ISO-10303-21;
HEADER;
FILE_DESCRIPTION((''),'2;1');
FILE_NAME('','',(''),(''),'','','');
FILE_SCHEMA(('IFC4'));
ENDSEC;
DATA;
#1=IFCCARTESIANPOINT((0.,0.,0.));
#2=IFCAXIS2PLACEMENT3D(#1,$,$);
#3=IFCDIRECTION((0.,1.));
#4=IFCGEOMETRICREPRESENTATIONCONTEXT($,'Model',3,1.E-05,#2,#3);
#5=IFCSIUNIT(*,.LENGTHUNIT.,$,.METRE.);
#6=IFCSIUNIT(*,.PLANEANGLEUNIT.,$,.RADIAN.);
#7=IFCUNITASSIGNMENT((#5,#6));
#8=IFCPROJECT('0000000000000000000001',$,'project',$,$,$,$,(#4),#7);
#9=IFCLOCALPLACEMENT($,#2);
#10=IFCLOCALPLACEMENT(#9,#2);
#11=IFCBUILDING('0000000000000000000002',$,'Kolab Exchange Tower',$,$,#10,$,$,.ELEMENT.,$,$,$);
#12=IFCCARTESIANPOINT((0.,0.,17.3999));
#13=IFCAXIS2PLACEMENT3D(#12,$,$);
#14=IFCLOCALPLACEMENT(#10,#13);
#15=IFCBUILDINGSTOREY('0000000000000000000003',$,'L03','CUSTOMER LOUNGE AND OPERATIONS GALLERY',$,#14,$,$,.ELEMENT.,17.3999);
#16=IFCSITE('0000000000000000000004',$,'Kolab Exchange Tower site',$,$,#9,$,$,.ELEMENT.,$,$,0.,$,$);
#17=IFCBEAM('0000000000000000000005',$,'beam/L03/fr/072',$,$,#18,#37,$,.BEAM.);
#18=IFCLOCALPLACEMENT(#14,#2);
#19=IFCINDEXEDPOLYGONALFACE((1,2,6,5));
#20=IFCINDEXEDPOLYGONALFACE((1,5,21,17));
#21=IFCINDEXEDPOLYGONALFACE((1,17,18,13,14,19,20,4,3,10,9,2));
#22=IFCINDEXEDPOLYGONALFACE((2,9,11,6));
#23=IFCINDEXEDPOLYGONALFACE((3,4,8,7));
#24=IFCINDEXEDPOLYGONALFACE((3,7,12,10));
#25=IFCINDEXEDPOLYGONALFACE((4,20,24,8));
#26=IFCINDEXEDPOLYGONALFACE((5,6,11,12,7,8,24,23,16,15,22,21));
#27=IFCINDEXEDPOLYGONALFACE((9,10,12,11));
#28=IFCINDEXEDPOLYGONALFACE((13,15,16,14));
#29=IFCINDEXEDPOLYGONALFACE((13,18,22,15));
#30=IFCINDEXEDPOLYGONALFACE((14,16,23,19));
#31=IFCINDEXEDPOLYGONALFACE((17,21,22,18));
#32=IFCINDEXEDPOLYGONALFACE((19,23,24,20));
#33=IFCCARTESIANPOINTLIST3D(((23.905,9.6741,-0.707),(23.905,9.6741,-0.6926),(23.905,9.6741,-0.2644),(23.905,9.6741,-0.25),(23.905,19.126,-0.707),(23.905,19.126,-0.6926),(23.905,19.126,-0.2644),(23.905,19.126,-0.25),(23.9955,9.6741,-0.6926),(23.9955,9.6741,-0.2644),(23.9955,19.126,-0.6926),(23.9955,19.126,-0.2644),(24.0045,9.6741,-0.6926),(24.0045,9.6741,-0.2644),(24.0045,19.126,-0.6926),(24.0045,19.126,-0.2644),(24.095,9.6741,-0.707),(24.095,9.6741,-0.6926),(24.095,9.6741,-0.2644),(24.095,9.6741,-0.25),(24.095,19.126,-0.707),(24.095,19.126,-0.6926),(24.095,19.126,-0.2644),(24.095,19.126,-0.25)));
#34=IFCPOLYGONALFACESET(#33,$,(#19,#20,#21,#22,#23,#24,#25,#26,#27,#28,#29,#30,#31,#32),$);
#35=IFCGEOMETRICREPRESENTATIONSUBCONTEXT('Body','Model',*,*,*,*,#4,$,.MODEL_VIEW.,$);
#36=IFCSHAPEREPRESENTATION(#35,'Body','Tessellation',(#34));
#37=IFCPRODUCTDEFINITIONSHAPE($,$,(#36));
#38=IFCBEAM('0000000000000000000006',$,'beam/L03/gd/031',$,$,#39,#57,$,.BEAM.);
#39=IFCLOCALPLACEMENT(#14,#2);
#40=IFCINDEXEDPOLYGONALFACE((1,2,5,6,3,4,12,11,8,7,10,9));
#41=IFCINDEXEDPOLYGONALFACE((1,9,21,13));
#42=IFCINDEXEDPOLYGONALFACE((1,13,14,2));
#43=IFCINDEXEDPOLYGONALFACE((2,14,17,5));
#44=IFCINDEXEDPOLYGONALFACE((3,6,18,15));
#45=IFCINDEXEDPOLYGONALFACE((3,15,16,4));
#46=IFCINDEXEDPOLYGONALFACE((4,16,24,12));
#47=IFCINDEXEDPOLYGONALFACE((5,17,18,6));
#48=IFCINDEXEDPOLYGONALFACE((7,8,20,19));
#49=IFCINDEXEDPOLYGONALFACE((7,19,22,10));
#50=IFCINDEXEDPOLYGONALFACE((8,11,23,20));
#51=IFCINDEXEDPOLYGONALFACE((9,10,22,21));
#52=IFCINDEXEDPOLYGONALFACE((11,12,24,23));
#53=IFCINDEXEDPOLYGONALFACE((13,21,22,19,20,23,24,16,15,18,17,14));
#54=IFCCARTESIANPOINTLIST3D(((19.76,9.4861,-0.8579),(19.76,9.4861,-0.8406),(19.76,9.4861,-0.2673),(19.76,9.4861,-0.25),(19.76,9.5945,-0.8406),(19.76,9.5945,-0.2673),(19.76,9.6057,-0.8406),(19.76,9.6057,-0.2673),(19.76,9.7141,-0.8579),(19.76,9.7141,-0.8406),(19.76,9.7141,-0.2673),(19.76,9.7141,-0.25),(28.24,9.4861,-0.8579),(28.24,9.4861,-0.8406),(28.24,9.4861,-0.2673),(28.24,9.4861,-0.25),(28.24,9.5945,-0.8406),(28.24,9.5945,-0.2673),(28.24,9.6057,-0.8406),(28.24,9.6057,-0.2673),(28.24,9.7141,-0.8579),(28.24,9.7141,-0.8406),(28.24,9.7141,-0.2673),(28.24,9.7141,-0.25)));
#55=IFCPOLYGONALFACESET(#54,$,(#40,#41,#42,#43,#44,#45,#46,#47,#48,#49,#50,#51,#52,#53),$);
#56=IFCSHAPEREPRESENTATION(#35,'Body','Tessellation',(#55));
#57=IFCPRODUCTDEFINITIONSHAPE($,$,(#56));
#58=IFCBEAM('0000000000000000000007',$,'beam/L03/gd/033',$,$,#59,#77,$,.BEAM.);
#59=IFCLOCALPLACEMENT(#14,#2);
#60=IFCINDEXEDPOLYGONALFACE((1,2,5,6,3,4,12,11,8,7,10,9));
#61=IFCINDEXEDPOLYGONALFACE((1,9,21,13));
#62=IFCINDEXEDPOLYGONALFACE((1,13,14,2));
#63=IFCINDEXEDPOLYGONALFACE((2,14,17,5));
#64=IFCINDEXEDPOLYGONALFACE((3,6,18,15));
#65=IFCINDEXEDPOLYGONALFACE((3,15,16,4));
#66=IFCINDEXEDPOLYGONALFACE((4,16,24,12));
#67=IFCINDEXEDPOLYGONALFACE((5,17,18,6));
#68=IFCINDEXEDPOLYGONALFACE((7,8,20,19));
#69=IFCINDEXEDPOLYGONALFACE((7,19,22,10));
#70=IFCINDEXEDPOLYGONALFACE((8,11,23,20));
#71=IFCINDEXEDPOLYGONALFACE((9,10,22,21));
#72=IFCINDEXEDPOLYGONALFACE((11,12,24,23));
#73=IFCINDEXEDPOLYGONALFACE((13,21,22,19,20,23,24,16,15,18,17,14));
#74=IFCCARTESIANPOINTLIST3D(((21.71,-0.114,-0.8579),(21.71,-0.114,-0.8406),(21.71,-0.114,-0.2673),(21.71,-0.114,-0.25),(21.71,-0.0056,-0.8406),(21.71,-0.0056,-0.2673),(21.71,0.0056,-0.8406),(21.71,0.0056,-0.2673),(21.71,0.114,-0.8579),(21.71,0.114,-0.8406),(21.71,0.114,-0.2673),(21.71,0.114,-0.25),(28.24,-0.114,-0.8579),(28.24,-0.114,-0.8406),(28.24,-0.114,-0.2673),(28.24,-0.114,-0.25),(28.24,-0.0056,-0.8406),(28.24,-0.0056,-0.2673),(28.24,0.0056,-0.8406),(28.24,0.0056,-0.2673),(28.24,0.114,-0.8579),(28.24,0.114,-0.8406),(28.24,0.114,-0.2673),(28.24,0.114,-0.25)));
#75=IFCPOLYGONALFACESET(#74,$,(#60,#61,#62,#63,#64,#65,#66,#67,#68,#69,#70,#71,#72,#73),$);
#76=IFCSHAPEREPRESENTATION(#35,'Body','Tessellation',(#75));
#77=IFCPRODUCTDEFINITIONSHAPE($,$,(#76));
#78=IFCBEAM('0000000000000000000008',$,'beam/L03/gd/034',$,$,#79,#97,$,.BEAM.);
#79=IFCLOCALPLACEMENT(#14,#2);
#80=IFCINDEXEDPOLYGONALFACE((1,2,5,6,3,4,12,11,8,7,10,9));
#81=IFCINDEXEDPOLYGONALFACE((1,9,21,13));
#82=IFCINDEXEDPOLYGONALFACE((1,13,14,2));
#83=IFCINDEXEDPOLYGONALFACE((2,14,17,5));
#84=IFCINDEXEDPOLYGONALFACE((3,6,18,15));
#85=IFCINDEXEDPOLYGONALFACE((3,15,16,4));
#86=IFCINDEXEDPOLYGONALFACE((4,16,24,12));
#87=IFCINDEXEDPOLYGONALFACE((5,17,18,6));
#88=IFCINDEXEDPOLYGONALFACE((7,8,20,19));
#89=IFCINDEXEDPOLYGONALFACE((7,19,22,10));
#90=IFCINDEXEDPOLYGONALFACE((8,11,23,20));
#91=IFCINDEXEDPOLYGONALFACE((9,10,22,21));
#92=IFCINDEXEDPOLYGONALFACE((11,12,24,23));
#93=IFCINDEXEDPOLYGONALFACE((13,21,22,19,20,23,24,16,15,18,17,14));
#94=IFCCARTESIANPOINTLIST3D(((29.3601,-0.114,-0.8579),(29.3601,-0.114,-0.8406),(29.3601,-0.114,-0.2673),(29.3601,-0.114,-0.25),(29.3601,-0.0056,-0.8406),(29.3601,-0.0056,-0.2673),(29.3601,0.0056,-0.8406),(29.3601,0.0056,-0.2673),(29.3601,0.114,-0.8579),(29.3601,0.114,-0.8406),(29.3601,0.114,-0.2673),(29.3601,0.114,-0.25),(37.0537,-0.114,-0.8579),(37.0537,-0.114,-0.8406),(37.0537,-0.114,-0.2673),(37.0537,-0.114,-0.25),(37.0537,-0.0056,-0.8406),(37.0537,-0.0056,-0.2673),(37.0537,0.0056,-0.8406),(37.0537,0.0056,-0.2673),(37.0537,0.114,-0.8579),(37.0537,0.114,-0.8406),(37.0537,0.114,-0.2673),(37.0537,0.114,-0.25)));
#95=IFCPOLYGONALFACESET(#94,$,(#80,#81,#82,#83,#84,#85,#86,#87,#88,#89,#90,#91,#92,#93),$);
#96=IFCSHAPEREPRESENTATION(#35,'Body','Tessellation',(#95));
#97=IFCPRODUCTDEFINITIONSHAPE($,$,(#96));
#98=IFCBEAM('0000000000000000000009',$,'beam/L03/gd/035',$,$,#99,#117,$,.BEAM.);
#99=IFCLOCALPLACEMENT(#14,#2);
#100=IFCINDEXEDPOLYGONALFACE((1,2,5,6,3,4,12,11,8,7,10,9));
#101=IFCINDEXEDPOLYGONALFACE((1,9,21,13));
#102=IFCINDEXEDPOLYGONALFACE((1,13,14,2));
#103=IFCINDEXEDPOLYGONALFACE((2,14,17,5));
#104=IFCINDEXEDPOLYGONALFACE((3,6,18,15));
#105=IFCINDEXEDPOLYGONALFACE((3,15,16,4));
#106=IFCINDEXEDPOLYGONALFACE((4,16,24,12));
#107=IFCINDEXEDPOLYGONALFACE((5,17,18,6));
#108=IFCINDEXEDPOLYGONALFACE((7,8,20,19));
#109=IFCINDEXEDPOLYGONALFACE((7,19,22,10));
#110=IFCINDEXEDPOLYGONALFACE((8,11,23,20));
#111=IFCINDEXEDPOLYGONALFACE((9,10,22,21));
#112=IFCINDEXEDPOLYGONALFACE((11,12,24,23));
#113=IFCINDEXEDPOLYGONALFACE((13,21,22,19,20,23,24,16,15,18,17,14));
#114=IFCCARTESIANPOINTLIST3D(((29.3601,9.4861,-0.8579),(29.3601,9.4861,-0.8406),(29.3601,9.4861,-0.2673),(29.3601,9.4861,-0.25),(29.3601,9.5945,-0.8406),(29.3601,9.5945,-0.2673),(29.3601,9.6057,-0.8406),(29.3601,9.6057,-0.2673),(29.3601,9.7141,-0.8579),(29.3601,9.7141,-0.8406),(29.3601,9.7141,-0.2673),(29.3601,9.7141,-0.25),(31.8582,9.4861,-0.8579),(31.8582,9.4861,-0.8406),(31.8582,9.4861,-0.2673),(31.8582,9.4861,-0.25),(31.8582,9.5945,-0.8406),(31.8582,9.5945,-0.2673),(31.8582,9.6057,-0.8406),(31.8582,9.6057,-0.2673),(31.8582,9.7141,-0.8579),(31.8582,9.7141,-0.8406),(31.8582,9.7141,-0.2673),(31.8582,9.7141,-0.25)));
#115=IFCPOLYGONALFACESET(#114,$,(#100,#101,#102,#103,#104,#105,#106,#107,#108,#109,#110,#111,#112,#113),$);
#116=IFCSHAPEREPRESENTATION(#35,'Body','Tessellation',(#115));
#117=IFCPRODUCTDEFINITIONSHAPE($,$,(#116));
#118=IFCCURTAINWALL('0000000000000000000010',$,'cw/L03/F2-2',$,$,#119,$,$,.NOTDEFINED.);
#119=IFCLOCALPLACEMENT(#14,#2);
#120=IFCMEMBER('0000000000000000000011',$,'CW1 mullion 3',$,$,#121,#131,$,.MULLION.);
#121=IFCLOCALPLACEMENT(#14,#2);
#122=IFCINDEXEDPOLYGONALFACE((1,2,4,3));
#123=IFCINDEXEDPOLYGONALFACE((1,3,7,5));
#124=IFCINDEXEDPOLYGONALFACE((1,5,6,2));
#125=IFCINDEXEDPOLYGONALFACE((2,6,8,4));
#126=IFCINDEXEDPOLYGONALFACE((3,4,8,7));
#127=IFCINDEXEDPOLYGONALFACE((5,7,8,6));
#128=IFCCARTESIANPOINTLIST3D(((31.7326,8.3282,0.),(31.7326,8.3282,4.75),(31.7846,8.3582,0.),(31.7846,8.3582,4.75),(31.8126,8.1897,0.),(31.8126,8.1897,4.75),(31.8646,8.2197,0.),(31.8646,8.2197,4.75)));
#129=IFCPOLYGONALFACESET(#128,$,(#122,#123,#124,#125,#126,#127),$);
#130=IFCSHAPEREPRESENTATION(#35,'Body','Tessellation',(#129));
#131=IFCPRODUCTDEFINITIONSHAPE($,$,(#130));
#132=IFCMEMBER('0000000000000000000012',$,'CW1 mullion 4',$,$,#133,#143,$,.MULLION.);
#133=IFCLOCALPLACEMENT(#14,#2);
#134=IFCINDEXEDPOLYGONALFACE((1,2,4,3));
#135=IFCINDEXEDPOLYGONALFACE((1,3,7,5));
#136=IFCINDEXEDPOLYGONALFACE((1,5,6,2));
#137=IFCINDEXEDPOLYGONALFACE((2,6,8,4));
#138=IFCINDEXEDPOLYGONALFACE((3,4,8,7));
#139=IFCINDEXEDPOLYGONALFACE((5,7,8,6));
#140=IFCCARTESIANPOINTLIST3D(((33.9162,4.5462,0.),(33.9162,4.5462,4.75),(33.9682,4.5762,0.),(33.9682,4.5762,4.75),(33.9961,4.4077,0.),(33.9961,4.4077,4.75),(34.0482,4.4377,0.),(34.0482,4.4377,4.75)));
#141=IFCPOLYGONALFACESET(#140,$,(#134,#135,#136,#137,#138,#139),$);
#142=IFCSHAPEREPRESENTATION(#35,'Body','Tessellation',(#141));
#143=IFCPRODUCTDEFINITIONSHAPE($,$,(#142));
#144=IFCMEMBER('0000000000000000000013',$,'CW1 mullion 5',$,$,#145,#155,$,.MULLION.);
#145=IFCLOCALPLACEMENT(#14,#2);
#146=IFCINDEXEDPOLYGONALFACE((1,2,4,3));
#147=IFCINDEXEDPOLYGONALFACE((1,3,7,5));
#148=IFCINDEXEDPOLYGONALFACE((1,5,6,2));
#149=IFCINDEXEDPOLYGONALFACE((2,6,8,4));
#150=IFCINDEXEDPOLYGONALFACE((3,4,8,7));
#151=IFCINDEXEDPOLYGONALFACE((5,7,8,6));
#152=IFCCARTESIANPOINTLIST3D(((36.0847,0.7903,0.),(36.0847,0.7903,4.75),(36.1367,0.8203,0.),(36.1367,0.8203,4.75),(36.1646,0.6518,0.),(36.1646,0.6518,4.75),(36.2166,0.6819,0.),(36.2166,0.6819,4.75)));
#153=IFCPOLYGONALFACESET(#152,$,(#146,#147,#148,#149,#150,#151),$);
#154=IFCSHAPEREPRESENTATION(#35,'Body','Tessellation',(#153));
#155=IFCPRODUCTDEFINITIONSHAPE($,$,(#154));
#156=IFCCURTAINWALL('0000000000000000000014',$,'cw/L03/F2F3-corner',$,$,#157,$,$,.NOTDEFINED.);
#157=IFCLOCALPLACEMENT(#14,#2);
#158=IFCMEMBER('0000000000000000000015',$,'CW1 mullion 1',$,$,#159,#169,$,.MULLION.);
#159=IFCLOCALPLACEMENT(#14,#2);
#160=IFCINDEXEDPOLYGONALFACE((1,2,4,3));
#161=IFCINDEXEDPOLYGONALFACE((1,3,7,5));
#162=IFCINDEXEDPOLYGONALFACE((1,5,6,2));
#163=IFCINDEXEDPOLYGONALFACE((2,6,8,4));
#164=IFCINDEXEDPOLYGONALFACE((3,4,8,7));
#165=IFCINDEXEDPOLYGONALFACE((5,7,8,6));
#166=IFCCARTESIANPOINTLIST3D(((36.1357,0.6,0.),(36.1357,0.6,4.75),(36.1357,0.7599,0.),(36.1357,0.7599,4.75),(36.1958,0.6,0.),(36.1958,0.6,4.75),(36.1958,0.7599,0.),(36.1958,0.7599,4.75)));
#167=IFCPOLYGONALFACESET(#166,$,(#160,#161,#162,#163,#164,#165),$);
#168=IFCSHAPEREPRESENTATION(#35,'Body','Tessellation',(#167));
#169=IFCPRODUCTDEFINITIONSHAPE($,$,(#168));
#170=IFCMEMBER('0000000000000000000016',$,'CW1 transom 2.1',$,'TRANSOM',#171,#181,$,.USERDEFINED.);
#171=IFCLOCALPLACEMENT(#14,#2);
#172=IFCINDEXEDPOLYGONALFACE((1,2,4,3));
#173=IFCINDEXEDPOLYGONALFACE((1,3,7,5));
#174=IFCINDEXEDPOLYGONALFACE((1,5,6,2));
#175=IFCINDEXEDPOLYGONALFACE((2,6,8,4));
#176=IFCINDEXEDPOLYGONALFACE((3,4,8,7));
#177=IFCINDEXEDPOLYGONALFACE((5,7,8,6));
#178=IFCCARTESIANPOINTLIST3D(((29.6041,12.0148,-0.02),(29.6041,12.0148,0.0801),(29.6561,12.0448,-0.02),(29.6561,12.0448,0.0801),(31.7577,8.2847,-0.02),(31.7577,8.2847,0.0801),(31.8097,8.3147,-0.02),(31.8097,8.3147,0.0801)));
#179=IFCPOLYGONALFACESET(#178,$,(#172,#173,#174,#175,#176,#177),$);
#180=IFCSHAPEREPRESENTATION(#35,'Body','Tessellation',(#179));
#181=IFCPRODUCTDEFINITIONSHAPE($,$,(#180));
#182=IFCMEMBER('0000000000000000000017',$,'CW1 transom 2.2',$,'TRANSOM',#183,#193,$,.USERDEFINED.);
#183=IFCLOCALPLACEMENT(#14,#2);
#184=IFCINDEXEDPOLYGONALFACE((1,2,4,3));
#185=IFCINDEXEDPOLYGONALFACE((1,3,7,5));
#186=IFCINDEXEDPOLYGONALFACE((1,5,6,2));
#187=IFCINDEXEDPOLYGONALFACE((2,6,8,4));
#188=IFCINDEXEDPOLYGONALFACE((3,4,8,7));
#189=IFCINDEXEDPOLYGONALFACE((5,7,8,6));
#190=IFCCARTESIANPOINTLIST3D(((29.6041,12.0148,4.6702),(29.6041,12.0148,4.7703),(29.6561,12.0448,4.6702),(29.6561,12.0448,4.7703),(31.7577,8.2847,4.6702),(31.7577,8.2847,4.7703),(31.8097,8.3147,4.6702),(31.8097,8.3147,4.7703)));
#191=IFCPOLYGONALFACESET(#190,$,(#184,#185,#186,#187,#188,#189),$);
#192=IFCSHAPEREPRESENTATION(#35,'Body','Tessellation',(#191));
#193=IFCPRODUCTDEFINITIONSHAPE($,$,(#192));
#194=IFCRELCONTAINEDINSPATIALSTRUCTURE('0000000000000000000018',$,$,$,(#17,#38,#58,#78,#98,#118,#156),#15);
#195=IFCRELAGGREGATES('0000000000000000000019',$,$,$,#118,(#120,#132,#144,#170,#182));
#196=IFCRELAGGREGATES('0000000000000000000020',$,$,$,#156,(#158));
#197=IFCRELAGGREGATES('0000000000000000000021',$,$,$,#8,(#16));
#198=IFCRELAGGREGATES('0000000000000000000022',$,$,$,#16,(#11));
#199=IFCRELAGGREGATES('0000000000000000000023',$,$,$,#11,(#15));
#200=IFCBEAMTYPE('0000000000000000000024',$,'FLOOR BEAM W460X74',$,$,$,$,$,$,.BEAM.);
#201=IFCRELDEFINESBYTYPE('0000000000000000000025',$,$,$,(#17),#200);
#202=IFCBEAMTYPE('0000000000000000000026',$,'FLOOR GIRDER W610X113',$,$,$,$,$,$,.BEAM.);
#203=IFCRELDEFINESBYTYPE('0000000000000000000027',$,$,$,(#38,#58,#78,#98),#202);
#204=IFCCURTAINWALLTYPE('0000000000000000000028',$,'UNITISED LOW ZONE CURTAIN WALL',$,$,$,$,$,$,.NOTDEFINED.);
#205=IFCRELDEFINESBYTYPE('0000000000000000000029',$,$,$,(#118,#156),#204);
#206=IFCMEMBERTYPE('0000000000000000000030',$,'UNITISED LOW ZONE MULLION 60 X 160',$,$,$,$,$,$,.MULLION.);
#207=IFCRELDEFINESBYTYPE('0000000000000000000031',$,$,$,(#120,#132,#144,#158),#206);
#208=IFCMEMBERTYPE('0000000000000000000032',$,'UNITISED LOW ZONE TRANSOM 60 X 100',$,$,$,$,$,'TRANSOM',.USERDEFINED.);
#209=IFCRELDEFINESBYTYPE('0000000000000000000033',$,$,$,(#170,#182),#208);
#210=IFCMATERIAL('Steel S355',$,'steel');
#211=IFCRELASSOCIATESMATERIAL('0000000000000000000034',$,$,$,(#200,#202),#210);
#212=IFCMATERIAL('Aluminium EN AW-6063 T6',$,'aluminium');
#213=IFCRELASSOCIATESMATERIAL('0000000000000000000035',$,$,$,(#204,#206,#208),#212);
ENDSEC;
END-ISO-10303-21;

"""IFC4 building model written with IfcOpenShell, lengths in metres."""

from ifc_helpers import new_model, si_unit, direction, frame, origin, origin_2d, place, context, subcontext, project, spatial, rectangle, i_section, extrude, material, material_profile, profile_set, type_object, element, aggregate, save


model = new_model("IFC4")

# Units and contexts
model_context = context("Model", 3, precision=1e-05, world=origin(), true_north=direction((0.0, 1.0)))
body_context = subcontext(model_context, "Body", "Model", "MODEL_VIEW")
ifc_project = project(units=[si_unit("LENGTHUNIT", "METRE"), si_unit("PLANEANGLEUNIT", "RADIAN")], contexts=[model_context])

# Site, building, storey
site_placement = place(None, origin())
site = spatial("IfcSite", under=ifc_project, at=site_placement, Name="Kolab Exchange Tower site", CompositionType="ELEMENT", RefElevation=0.0)
building_placement = place(site_placement, origin())
building = spatial("IfcBuilding", under=site, at=building_placement, Name="Kolab Exchange Tower", CompositionType="ELEMENT")
storey_placement = place(building_placement, frame((0.0, 0.0, 17.3999)))
storey = spatial("IfcBuildingStorey", under=building, at=storey_placement, Name="L03", Description="CUSTOMER LOUNGE AND OPERATIONS GALLERY", CompositionType="ELEMENT", Elevation=17.3999)

# Beams
ifc_material_1 = material(Name="Steel S355", Category="steel")
ifc_material_profile_1 = material_profile(ifc_material_1, i_section(OverallWidth=0.1899, OverallDepth=0.457, WebThickness=0.009, FlangeThickness=0.0144, at=origin_2d()), Name="W460X74")
ifc_profile_set_1 = profile_set([ifc_material_profile_1], Name="Steel S355")
beam_type_1 = type_object("IfcBeamType", Name="FLOOR BEAM W460X74", PredefinedType="BEAM", material=ifc_profile_set_1)
for number, where, z_axis, x_axis, name in (
    (1, (24.0, 9.6741, -0.4785), (0.0, 1.0, 0.0), (-1.0, 0.0, 0.0), "beam/L03/fr/072"),
):
    element("IfcBeam", number, at=place(storey_placement, frame(where, z_axis=z_axis, x_axis=x_axis)), inside=storey, type_object=beam_type_1, Name=name, PredefinedType="BEAM", context=body_context, shape_type="SweptSolid", body=[
        extrude(i_section(OverallWidth=0.1899, OverallDepth=0.457, WebThickness=0.009, FlangeThickness=0.0144, at=origin_2d()), origin(), (0.0, 0.0, 1.0), 9.4519),
    ])
ifc_material_profile_2 = material_profile(ifc_material_1, i_section(OverallWidth=0.228, OverallDepth=0.6079, WebThickness=0.0112, FlangeThickness=0.0173, at=origin_2d()), Name="W610X113")
ifc_profile_set_2 = profile_set([ifc_material_profile_2], Name="Steel S355")
beam_type_2 = type_object("IfcBeamType", Name="FLOOR GIRDER W610X113", PredefinedType="BEAM", material=ifc_profile_set_2)
beam_1_placement = place(storey_placement, frame((19.76, 9.6001, -0.554), z_axis=(1.0, 0.0, 0.0), x_axis=(0.0, 1.0, 0.0)))
element("IfcBeam", 2, at=beam_1_placement, inside=storey, type_object=beam_type_2, Name="beam/L03/gd/031", PredefinedType="BEAM", context=body_context, shape_type="SweptSolid", body=[
    extrude(i_section(OverallWidth=0.228, OverallDepth=0.6079, WebThickness=0.0112, FlangeThickness=0.0173, at=origin_2d()), origin(), (0.0, 0.0, 1.0), 8.48),
])
beam_2_placement = place(storey_placement, frame((21.71, 0.0, -0.554), z_axis=(1.0, 0.0, 0.0), x_axis=(0.0, 1.0, 0.0)))
element("IfcBeam", 3, at=beam_2_placement, inside=storey, type_object=beam_type_2, Name="beam/L03/gd/033", PredefinedType="BEAM", context=body_context, shape_type="SweptSolid", body=[
    extrude(i_section(OverallWidth=0.228, OverallDepth=0.6079, WebThickness=0.0112, FlangeThickness=0.0173, at=origin_2d()), origin(), (0.0, 0.0, 1.0), 6.53),
])
beam_3_placement = place(storey_placement, frame((29.3601, 0.0, -0.554), z_axis=(1.0, 0.0, 0.0), x_axis=(0.0, 1.0, 0.0)))
element("IfcBeam", 4, at=beam_3_placement, inside=storey, type_object=beam_type_2, Name="beam/L03/gd/034", PredefinedType="BEAM", context=body_context, shape_type="SweptSolid", body=[
    extrude(i_section(OverallWidth=0.228, OverallDepth=0.6079, WebThickness=0.0112, FlangeThickness=0.0173, at=origin_2d()), origin(), (0.0, 0.0, 1.0), 7.6936),
])
beam_4_placement = place(storey_placement, frame((29.3601, 9.6001, -0.554), z_axis=(1.0, 0.0, 0.0), x_axis=(0.0, 1.0, 0.0)))
element("IfcBeam", 5, at=beam_4_placement, inside=storey, type_object=beam_type_2, Name="beam/L03/gd/035", PredefinedType="BEAM", context=body_context, shape_type="SweptSolid", body=[
    extrude(i_section(OverallWidth=0.228, OverallDepth=0.6079, WebThickness=0.0112, FlangeThickness=0.0173, at=origin_2d()), origin(), (0.0, 0.0, 1.0), 2.498),
])

# Curtain wall, members
ifc_material_2 = material(Name="Aluminium EN AW-6063 T6", Category="aluminium")
curtain_wall_type = type_object("IfcCurtainWallType", Name="UNITISED LOW ZONE CURTAIN WALL", PredefinedType="NOTDEFINED", material=ifc_material_2)
curtain_wall_1_placement = place(storey_placement, origin())
curtain_wall_1 = element("IfcCurtainWall", 6, at=curtain_wall_1_placement, inside=storey, type_object=curtain_wall_type, Name="cw/L03/F2-2", PredefinedType="NOTDEFINED")
ifc_material_profile_3 = material_profile(ifc_material_2, rectangle(XDim=0.0601, YDim=0.1599, at=origin_2d()), Name="RECT 60X160")
ifc_profile_set_3 = profile_set([ifc_material_profile_3], Name="Aluminium EN AW-6063 T6")
member_type_1 = type_object("IfcMemberType", Name="UNITISED LOW ZONE MULLION 60 X 160", PredefinedType="MULLION", material=ifc_profile_set_3)
member_1_placement = place(storey_placement, frame((31.7986, 8.2739, 0.0), z_axis=(0.0, 0.0, 1.0), x_axis=(0.866025, 0.5, 0.0)))
member_1 = element("IfcMember", 7, at=member_1_placement, type_object=member_type_1, Name="CW1 mullion 3", PredefinedType="MULLION", context=body_context, shape_type="SweptSolid", body=[
    extrude(rectangle(XDim=0.0601, YDim=0.1599, at=origin_2d()), origin(), (0.0, 0.0, 1.0), 4.75),
])
member_2_placement = place(storey_placement, frame((33.9822, 4.4919, 0.0), z_axis=(0.0, 0.0, 1.0), x_axis=(0.866025, 0.5, 0.0)))
member_2 = element("IfcMember", 8, at=member_2_placement, type_object=member_type_1, Name="CW1 mullion 4", PredefinedType="MULLION", context=body_context, shape_type="SweptSolid", body=[
    extrude(rectangle(XDim=0.0601, YDim=0.1599, at=origin_2d()), origin(), (0.0, 0.0, 1.0), 4.75),
])
member_3_placement = place(storey_placement, frame((36.1506, 0.7361, 0.0), z_axis=(0.0, 0.0, 1.0), x_axis=(0.866025, 0.5, 0.0)))
member_3 = element("IfcMember", 9, at=member_3_placement, type_object=member_type_1, Name="CW1 mullion 5", PredefinedType="MULLION", context=body_context, shape_type="SweptSolid", body=[
    extrude(rectangle(XDim=0.0601, YDim=0.1599, at=origin_2d()), origin(), (0.0, 0.0, 1.0), 4.75),
])

# Curtain wall, member
curtain_wall_2_placement = place(storey_placement, origin())
curtain_wall_2 = element("IfcCurtainWall", 10, at=curtain_wall_2_placement, inside=storey, type_object=curtain_wall_type, Name="cw/L03/F2F3-corner", PredefinedType="NOTDEFINED")
member_4_placement = place(storey_placement, frame((36.1658, 0.6799, 0.0), z_axis=(0.0, 0.0, 1.0), x_axis=(1.0, 0.0, 0.0)))
member_4 = element("IfcMember", 11, at=member_4_placement, type_object=member_type_1, Name="CW1 mullion 1", PredefinedType="MULLION", context=body_context, shape_type="SweptSolid", body=[
    extrude(rectangle(XDim=0.0601, YDim=0.1599, at=origin_2d()), origin(), (0.0, 0.0, 1.0), 4.75),
])

# Members
ifc_material_profile_4 = material_profile(ifc_material_2, rectangle(XDim=0.0601, YDim=0.1001, at=origin_2d()), Name="RECT 60X100")
ifc_profile_set_4 = profile_set([ifc_material_profile_4], Name="Aluminium EN AW-6063 T6")
member_type_2 = type_object("IfcMemberType", Name="UNITISED LOW ZONE TRANSOM 60 X 100", ElementType="TRANSOM", PredefinedType="USERDEFINED", material=ifc_profile_set_4)
member_5_placement = place(storey_placement, frame((29.6301, 12.0298, 0.03), z_axis=(0.50001, -0.866019, 0.0), x_axis=(0.866019, 0.50001, 0.0)))
member_5 = element("IfcMember", 12, at=member_5_placement, type_object=member_type_2, Name="CW1 transom 2.1", ObjectType="TRANSOM", PredefinedType="USERDEFINED", context=body_context, shape_type="SweptSolid", body=[
    extrude(rectangle(XDim=0.0601, YDim=0.1001, at=origin_2d()), origin(), (0.0, 0.0, 1.0), 4.3071),
])
member_6_placement = place(storey_placement, frame((29.6301, 12.0298, 4.7202), z_axis=(0.50001, -0.866019, 0.0), x_axis=(0.866019, 0.50001, 0.0)))
member_6 = element("IfcMember", 13, at=member_6_placement, type_object=member_type_2, Name="CW1 transom 2.2", ObjectType="TRANSOM", PredefinedType="USERDEFINED", context=body_context, shape_type="SweptSolid", body=[
    extrude(rectangle(XDim=0.0601, YDim=0.1001, at=origin_2d()), origin(), (0.0, 0.0, 1.0), 4.3071),
])

aggregate(curtain_wall_1, [member_1, member_2, member_3, member_5, member_6])
aggregate(curtain_wall_2, [member_4])

save(model, "model.ifc")
